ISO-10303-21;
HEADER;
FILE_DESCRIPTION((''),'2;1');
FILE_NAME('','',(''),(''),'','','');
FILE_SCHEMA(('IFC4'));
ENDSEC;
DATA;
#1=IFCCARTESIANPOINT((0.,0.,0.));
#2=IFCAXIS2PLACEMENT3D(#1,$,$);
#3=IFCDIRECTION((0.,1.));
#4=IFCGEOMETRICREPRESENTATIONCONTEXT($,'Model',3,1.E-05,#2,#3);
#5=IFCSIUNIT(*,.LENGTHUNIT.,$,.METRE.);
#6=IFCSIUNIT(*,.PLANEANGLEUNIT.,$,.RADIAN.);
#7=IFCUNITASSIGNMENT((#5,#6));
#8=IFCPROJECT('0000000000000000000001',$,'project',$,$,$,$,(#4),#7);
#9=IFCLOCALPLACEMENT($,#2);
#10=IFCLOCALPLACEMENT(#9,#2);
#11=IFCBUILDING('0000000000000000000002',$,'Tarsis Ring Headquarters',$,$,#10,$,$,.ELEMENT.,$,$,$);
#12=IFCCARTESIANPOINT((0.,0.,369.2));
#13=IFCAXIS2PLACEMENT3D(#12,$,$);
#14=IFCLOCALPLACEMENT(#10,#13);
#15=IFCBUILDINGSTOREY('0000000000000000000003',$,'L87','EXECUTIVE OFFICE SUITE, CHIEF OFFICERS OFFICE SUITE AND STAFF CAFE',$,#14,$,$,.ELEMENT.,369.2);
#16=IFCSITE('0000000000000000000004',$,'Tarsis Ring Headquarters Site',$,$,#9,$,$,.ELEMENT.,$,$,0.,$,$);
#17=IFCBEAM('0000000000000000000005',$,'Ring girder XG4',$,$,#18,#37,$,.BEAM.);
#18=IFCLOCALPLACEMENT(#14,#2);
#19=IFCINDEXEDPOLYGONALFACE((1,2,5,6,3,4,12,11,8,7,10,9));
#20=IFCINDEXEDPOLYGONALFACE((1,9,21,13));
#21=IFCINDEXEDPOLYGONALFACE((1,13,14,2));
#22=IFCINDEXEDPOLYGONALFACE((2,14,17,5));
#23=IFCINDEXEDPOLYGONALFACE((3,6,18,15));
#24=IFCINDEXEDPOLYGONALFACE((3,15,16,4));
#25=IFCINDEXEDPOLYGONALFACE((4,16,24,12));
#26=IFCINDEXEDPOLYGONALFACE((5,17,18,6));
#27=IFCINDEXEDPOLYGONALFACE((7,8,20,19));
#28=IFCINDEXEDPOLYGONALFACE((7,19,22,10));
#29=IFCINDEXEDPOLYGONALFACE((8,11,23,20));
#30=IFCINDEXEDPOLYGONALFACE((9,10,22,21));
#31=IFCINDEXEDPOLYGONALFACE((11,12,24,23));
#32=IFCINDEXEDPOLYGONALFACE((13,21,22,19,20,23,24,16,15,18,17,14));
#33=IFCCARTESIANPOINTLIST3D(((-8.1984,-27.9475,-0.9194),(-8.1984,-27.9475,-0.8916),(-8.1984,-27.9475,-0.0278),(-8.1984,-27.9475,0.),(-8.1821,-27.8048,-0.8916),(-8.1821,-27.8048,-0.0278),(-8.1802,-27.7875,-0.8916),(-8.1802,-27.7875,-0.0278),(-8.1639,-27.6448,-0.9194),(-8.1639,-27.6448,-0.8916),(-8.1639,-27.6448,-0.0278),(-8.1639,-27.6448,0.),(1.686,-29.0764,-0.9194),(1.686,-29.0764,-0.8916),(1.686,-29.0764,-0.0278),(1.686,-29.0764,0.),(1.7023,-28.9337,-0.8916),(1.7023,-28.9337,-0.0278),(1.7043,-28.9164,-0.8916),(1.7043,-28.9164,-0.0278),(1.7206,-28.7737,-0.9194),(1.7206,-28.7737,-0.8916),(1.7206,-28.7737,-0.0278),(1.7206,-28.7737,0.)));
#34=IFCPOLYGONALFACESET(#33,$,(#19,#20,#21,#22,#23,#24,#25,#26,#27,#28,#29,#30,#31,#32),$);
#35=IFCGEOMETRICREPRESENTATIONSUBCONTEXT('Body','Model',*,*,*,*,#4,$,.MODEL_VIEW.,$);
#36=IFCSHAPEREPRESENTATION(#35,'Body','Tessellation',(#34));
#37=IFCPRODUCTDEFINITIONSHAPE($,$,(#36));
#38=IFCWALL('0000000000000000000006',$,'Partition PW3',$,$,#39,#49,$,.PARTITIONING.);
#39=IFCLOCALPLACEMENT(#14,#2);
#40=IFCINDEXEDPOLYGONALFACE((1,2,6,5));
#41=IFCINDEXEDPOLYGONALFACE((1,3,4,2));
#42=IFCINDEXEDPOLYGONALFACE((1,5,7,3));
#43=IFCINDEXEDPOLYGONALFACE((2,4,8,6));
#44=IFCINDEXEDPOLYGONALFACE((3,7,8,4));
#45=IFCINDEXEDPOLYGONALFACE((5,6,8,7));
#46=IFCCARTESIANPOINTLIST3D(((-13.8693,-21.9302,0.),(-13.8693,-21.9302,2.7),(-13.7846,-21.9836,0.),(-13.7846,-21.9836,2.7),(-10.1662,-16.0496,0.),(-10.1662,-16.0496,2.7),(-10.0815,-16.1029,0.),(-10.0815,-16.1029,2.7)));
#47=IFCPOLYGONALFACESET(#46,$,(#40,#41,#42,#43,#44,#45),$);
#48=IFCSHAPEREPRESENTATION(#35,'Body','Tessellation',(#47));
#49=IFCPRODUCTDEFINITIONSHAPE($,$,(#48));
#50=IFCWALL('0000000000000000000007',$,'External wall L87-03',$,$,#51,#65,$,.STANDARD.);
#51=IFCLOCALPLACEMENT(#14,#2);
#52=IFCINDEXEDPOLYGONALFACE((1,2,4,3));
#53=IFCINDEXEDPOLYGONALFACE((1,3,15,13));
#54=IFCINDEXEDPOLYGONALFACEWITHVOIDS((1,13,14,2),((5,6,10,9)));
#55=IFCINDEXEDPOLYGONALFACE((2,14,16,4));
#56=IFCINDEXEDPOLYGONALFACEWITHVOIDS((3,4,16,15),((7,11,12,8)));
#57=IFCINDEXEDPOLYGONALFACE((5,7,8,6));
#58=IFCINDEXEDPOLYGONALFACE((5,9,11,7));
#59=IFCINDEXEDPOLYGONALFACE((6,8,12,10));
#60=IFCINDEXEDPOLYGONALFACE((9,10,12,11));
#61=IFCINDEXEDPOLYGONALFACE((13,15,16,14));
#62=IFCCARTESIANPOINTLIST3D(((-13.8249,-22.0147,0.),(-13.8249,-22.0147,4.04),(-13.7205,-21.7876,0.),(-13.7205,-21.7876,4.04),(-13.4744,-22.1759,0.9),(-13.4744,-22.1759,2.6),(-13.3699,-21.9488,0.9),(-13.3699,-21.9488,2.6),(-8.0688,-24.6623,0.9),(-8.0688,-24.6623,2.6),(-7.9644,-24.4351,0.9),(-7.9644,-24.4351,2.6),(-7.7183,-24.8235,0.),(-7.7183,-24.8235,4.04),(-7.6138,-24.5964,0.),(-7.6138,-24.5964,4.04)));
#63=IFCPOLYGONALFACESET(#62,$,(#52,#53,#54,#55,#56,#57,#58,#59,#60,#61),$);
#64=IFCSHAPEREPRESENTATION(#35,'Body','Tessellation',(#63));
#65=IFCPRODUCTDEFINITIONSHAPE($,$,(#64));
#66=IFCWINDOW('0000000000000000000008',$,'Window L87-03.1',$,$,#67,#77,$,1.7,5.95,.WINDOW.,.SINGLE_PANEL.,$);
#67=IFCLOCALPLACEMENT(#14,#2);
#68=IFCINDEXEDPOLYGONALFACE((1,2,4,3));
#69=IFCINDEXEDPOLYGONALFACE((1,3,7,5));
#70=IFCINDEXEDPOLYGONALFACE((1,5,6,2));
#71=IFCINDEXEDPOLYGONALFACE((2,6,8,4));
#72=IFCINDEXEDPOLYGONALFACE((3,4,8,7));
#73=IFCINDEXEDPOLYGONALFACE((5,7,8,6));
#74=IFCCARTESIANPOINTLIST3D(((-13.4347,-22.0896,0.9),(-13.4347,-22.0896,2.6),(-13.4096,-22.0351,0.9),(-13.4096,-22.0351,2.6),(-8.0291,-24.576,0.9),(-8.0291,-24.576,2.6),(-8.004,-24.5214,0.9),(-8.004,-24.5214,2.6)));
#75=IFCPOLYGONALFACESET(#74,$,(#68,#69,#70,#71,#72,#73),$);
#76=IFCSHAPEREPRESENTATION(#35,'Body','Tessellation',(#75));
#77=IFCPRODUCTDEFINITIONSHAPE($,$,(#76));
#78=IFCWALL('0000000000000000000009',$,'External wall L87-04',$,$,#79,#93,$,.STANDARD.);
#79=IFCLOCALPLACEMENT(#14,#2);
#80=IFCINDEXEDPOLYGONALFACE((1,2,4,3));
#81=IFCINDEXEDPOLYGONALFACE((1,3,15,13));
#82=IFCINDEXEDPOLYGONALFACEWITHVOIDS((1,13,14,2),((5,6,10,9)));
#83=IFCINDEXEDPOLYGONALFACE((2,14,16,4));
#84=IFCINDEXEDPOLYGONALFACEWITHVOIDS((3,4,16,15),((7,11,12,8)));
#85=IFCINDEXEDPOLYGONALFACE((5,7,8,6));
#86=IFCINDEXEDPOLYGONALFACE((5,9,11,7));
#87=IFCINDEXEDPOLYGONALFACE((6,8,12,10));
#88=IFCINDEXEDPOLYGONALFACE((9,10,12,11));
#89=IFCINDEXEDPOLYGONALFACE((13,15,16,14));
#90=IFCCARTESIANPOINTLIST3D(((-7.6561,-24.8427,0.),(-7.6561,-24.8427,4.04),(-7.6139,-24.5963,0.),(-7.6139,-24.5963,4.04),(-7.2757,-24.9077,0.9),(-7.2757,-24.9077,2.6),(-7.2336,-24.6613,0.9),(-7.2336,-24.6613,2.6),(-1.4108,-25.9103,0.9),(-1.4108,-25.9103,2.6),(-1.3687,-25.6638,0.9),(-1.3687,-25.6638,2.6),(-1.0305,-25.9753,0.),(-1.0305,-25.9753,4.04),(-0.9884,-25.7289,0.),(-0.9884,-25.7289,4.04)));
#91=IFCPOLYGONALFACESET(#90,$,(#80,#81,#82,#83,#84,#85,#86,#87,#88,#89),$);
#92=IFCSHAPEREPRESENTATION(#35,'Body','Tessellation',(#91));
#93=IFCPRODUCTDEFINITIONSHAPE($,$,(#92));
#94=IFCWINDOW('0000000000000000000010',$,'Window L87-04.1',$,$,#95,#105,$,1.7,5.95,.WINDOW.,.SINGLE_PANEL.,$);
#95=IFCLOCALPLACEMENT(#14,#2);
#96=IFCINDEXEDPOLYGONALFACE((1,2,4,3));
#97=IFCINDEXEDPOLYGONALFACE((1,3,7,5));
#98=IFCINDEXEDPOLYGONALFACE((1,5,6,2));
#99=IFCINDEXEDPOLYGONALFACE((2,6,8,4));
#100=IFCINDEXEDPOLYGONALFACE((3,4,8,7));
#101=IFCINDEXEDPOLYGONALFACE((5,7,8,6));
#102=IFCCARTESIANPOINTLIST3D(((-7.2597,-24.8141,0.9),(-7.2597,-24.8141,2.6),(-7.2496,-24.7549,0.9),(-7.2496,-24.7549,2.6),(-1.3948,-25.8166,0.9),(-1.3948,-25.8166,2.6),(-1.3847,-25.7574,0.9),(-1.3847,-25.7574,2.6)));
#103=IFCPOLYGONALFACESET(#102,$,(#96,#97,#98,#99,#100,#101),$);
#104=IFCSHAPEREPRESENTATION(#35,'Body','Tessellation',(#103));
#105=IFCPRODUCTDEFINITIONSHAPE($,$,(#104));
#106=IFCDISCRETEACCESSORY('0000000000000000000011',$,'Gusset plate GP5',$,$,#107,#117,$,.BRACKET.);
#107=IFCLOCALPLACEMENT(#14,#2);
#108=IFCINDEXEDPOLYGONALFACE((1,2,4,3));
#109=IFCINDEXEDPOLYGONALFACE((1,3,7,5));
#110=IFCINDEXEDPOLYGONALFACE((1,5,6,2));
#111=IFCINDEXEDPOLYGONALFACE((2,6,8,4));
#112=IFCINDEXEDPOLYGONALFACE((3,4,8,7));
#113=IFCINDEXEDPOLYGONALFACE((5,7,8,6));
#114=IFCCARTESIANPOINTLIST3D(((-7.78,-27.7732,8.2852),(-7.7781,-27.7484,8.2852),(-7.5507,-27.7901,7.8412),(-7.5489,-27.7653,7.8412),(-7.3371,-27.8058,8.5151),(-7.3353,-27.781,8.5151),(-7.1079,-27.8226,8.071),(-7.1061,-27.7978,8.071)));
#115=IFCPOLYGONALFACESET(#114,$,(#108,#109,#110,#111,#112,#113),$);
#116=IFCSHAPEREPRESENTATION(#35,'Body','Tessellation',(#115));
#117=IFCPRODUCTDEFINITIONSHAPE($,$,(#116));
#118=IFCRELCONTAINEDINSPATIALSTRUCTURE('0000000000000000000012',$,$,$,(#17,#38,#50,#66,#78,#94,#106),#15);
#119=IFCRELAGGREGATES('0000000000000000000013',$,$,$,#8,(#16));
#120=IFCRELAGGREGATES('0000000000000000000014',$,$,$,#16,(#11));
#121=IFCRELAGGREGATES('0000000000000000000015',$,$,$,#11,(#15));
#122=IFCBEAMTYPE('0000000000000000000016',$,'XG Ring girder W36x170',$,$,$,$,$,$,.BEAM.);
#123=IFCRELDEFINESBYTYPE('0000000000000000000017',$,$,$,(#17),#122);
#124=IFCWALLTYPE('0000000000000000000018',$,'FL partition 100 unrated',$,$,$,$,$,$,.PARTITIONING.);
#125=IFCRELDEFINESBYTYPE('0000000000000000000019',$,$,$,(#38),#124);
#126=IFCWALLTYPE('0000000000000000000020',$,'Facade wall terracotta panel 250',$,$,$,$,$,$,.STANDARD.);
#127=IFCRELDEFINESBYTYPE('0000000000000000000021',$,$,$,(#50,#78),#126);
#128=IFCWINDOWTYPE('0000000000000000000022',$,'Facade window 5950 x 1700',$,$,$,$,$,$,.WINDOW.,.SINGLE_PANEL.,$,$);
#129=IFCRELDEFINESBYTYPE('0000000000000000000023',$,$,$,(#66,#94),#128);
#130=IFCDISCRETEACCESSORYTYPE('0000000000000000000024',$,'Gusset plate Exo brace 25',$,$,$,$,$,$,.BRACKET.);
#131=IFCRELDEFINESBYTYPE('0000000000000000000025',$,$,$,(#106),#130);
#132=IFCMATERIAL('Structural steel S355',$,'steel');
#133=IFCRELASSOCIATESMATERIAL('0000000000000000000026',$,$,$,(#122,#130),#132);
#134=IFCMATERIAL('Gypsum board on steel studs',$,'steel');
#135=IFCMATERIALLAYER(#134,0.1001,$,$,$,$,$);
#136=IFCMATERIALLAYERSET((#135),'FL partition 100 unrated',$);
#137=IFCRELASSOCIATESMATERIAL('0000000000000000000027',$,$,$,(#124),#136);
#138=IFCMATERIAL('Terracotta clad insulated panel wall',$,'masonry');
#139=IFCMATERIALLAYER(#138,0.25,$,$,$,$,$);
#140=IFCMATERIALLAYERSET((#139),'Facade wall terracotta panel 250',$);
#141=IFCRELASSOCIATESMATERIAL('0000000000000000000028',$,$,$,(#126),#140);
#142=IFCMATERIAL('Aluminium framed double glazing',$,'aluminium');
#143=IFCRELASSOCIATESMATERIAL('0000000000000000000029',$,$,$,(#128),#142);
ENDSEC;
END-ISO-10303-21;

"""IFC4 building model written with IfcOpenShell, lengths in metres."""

from ifc_helpers import new_model, si_unit, direction, frame, frame_2d, origin, origin_2d, place, context, subcontext, project, spatial, rectangle, i_section, extrude, material, layer, layer_set, material_profile, profile_set, type_object, element, fill, save


model = new_model("IFC4")

# Units and contexts
model_context = context("Model", 3, precision=1e-05, world=origin(), true_north=direction((0.0, 1.0)))
body_context = subcontext(model_context, "Body", "Model", "MODEL_VIEW")
ifc_project = project(units=[si_unit("LENGTHUNIT", "METRE"), si_unit("PLANEANGLEUNIT", "RADIAN")], contexts=[model_context])

# Site, building, storey
site_placement = place(None, origin())
site = spatial("IfcSite", under=ifc_project, at=site_placement, Name="Tarsis Ring Headquarters Site", CompositionType="ELEMENT", RefElevation=0.0)
building_placement = place(site_placement, origin())
building = spatial("IfcBuilding", under=site, at=building_placement, Name="Tarsis Ring Headquarters", CompositionType="ELEMENT")
storey_placement = place(building_placement, frame((0.0, 0.0, 369.2)))
storey = spatial("IfcBuildingStorey", under=building, at=storey_placement, Name="L87", Description="EXECUTIVE OFFICE SUITE, CHIEF OFFICERS OFFICE SUITE AND STAFF CAFE", CompositionType="ELEMENT", Elevation=369.2)

# Shared definitions
ifc_material_1 = material(Name="Structural steel S355", Category="steel")

# Beam
ifc_material_profile_1 = material_profile(ifc_material_1, i_section(OverallWidth=0.3047, OverallDepth=0.9194, WebThickness=0.0173, FlangeThickness=0.0278, at=origin_2d()), Name="W36x170")
ifc_profile_set_1 = profile_set([ifc_material_profile_1], Name="Structural steel S355")
beam_type_1 = type_object("IfcBeamType", Name="XG Ring girder W36x170", PredefinedType="BEAM", material=ifc_profile_set_1)
beam_1_placement = place(storey_placement, frame((-8.1812, -27.7961, -0.4597), z_axis=(0.993541, -0.113472, 0.0), x_axis=(0.113472, 0.993541, 0.0)))
element("IfcBeam", 1, at=beam_1_placement, inside=storey, type_object=beam_type_1, Name="Ring girder XG4", PredefinedType="BEAM", context=body_context, shape_type="SweptSolid", body=[
    extrude(i_section(OverallWidth=0.3047, OverallDepth=0.9194, WebThickness=0.0173, FlangeThickness=0.0278, at=origin_2d()), origin(), (0.0, 0.0, 1.0), 9.9487),
])

# Wall
ifc_material_2 = material(Name="Gypsum board on steel studs", Category="steel")
ifc_layer_1 = layer(ifc_material_2, 0.1001)
ifc_layer_set_1 = layer_set([ifc_layer_1], Name="FL partition 100 unrated")
wall_type_1 = type_object("IfcWallType", Name="FL partition 100 unrated", PredefinedType="PARTITIONING", material=ifc_layer_set_1)
wall_1_placement = place(storey_placement, frame((-13.8269, -21.9568, 0.0), z_axis=(0.0, 0.0, 1.0), x_axis=(0.532866, 0.846199, 0.0)))
element("IfcWall", 2, at=wall_1_placement, inside=storey, type_object=wall_type_1, Name="Partition PW3", PredefinedType="PARTITIONING", context=body_context, shape_type="SweptSolid", body=[
    extrude(rectangle(XDim=6.9495, YDim=0.1001, at=frame_2d((3.4746, 0.0))), origin(), (0.0, 0.0, 1.0), 2.7),
])

# Walls, openings, windows
ifc_material_3 = material(Name="Terracotta clad insulated panel wall", Category="masonry")
ifc_layer_2 = layer(ifc_material_3, 0.25)
ifc_layer_set_2 = layer_set([ifc_layer_2], Name="Facade wall terracotta panel 250")
wall_type_2 = type_object("IfcWallType", Name="Facade wall terracotta panel 250", PredefinedType="STANDARD", material=ifc_layer_set_2)
wall_2_placement = place(storey_placement, frame((-13.7727, -21.9011, 0.0), z_axis=(0.0, 0.0, 1.0), x_axis=(0.908504, -0.417876, 0.0)))
wall_2 = element("IfcWall", 3, at=wall_2_placement, inside=storey, type_object=wall_type_2, Name="External wall L87-03", PredefinedType="STANDARD", context=body_context, shape_type="SweptSolid", body=[
    extrude(rectangle(XDim=6.7217, YDim=0.25, at=frame_2d((3.3608, 0.0))), origin(), (0.0, 0.0, 1.0), 4.04),
])
opening_1_placement = place(wall_2_placement, frame((0.3857, 0.0, 0.8999)))
opening_1 = element("IfcOpeningElement", 4, at=opening_1_placement, cuts=wall_2, PredefinedType="OPENING", context=body_context, shape_type="SweptSolid", body=[
    extrude(rectangle(XDim=5.95, YDim=1.7, at=frame_2d((2.9751, 0.8501))), frame((0.0, 0.135, 0.0), z_axis=(0.0, -1.0, 0.0), x_axis=(1.0, 0.0, 0.0)), (0.0, 0.0, 1.0), 0.27),
])
ifc_material_4 = material(Name="Aluminium framed double glazing", Category="aluminium")
window_type = type_object("IfcWindowType", Name="Facade window 5950 x 1700", PartitioningType="SINGLE_PANEL", PredefinedType="WINDOW", material=ifc_material_4)
window_1_placement = place(opening_1_placement, origin())
window_1 = element("IfcWindow", 5, at=window_1_placement, inside=storey, type_object=window_type, Name="Window L87-03.1", OverallHeight=1.7, OverallWidth=5.95, PartitioningType="SINGLE_PANEL", PredefinedType="WINDOW", context=body_context, shape_type="SweptSolid", body=[
    extrude(rectangle(XDim=5.95, YDim=1.7, at=frame_2d((2.9751, 0.8501))), frame((0.0, 0.03, 0.0), z_axis=(0.0, -1.0, 0.0), x_axis=(1.0, 0.0, 0.0)), (0.0, 0.0, 1.0), 0.0601),
])
fill(opening_1, window_1)
wall_3_placement = place(storey_placement, frame((-7.635, -24.7195, 0.0), z_axis=(0.0, 0.0, 1.0), x_axis=(0.985702, -0.168497, 0.0)))
wall_3 = element("IfcWall", 6, at=wall_3_placement, inside=storey, type_object=wall_type_2, Name="External wall L87-04", PredefinedType="STANDARD", context=body_context, shape_type="SweptSolid", body=[
    extrude(rectangle(XDim=6.7217, YDim=0.25, at=frame_2d((3.3608, 0.0))), origin(), (0.0, 0.0, 1.0), 4.04),
])
opening_2_placement = place(wall_3_placement, frame((0.3857, 0.0, 0.8999)))
opening_2 = element("IfcOpeningElement", 7, at=opening_2_placement, cuts=wall_3, PredefinedType="OPENING", context=body_context, shape_type="SweptSolid", body=[
    extrude(rectangle(XDim=5.95, YDim=1.7, at=frame_2d((2.9751, 0.8501))), frame((0.0, 0.135, 0.0), z_axis=(0.0, -1.0, 0.0), x_axis=(1.0, 0.0, 0.0)), (0.0, 0.0, 1.0), 0.27),
])
window_2_placement = place(opening_2_placement, origin())
window_2 = element("IfcWindow", 8, at=window_2_placement, inside=storey, type_object=window_type, Name="Window L87-04.1", OverallHeight=1.7, OverallWidth=5.95, PartitioningType="SINGLE_PANEL", PredefinedType="WINDOW", context=body_context, shape_type="SweptSolid", body=[
    extrude(rectangle(XDim=5.95, YDim=1.7, at=frame_2d((2.9751, 0.8501))), frame((0.0, 0.03, 0.0), z_axis=(0.0, -1.0, 0.0), x_axis=(1.0, 0.0, 0.0)), (0.0, 0.0, 1.0), 0.0601),
])
fill(opening_2, window_2)

# Discrete accessory
ifc_material_profile_2 = material_profile(ifc_material_1, rectangle(XDim=0.0249, YDim=0.5, at=origin_2d()), Name="PL 25x500")
ifc_profile_set_2 = profile_set([ifc_material_profile_2], Name="Structural steel S355")
discrete_accessory_type = type_object("IfcDiscreteAccessoryType", Name="Gusset plate Exo brace 25", PredefinedType="BRACKET", material=ifc_profile_set_2)
discrete_accessory_placement = place(storey_placement, frame((-7.5576, -27.7771, 8.4001), z_axis=(0.458445, -0.033688, -0.888084), x_axis=(0.073285, 0.997311, 0.0)))
element("IfcDiscreteAccessory", 9, at=discrete_accessory_placement, inside=storey, type_object=discrete_accessory_type, Name="Gusset plate GP5", PredefinedType="BRACKET", context=body_context, shape_type="SweptSolid", body=[
    extrude(rectangle(XDim=0.0249, YDim=0.5, at=origin_2d()), origin(), (0.0, 0.0, 1.0), 0.5),
])

save(model, "model.ifc")
